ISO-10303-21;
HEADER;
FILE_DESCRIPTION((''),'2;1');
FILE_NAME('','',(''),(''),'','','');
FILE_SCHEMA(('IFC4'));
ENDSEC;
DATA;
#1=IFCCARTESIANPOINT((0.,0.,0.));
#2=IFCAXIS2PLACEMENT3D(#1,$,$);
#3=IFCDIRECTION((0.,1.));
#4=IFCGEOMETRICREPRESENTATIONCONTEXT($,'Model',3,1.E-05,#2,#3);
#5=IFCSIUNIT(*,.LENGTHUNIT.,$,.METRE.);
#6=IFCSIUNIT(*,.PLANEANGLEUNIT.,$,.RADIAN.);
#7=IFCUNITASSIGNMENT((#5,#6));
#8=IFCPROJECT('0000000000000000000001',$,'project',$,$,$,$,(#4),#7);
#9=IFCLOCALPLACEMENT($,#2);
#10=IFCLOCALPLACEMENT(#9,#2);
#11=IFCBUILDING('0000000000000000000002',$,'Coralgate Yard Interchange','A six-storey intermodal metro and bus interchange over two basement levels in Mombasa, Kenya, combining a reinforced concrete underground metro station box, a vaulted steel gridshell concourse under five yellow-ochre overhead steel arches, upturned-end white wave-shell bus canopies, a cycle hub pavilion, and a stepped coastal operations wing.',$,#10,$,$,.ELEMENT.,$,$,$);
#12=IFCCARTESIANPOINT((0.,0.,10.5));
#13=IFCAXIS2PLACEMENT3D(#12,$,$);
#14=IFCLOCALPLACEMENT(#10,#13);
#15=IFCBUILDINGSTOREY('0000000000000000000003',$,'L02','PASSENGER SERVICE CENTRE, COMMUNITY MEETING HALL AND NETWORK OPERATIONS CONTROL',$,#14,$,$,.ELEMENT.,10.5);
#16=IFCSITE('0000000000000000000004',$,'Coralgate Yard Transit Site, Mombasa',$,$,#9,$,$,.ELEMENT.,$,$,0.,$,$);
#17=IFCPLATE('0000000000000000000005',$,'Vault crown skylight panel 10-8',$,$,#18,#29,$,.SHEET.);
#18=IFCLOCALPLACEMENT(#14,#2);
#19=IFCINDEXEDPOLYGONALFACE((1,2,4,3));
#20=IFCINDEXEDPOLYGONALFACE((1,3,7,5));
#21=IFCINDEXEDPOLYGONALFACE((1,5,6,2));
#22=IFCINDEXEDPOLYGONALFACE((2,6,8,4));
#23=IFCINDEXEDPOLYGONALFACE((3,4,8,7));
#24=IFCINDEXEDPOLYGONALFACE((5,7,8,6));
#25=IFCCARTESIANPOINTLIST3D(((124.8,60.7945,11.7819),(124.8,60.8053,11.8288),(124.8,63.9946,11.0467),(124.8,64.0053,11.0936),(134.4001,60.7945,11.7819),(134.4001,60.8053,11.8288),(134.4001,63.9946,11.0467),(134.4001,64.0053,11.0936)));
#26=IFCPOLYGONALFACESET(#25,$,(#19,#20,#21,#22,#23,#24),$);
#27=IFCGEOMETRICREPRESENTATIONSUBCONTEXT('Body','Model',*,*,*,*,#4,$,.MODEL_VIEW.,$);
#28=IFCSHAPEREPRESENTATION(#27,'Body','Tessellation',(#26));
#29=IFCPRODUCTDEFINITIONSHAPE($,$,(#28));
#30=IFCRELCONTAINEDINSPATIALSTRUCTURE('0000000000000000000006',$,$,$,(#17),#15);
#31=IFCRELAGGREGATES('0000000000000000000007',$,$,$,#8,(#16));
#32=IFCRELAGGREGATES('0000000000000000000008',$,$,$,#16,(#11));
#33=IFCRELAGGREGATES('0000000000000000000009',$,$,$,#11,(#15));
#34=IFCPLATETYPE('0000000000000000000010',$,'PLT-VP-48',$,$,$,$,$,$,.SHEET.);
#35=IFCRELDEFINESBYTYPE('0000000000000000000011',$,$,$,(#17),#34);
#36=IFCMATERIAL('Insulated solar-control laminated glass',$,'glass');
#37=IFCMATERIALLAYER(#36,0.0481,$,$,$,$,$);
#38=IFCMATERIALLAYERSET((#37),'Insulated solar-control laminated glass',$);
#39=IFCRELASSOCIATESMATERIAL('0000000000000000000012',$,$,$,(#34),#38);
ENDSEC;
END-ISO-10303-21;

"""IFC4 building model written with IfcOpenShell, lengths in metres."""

from ifc_helpers import new_model, si_unit, direction, frame, origin, origin_2d, place, context, subcontext, project, spatial, rectangle, extrude, material, layer, layer_set, type_object, element, save


model = new_model("IFC4")

# Units and contexts
model_context = context("Model", 3, precision=1e-05, world=origin(), true_north=direction((0.0, 1.0)))
body_context = subcontext(model_context, "Body", "Model", "MODEL_VIEW")
ifc_project = project(units=[si_unit("LENGTHUNIT", "METRE"), si_unit("PLANEANGLEUNIT", "RADIAN")], contexts=[model_context])

# Site, building, storey
site_placement = place(None, origin())
site = spatial("IfcSite", under=ifc_project, at=site_placement, Name="Coralgate Yard Transit Site, Mombasa", CompositionType="ELEMENT", RefElevation=0.0)
building_placement = place(site_placement, origin())
building = spatial("IfcBuilding", under=site, at=building_placement, Name="Coralgate Yard Interchange", Description="A six-storey intermodal metro and bus interchange over two basement levels in Mombasa, Kenya, combining a reinforced concrete underground metro station box, a vaulted steel gridshell concourse under five yellow-ochre overhead steel arches, upturned-end white wave-shell bus canopies, a cycle hub pavilion, and a stepped coastal operations wing.", CompositionType="ELEMENT")
storey_placement = place(building_placement, frame((0.0, 0.0, 10.5)))
storey = spatial("IfcBuildingStorey", under=building, at=storey_placement, Name="L02", Description="PASSENGER SERVICE CENTRE, COMMUNITY MEETING HALL AND NETWORK OPERATIONS CONTROL", CompositionType="ELEMENT", Elevation=10.5)

# Plate
ifc_material_1 = material(Name="Insulated solar-control laminated glass", Category="glass")
ifc_layer_1 = layer(ifc_material_1, 0.0481)
ifc_layer_set_1 = layer_set([ifc_layer_1], Name="Insulated solar-control laminated glass")
plate_type_1 = type_object("IfcPlateType", Name="PLT-VP-48", PredefinedType="SHEET", material=ifc_layer_set_1)
plate_1_placement = place(storey_placement, frame((129.6001, 62.3945, 11.4143), z_axis=(0.0, 0.223916, 0.974608), x_axis=(1.0, 0.0, 0.0)))
element("IfcPlate", 1, at=plate_1_placement, inside=storey, type_object=plate_type_1, Name="Vault crown skylight panel 10-8", PredefinedType="SHEET", context=body_context, shape_type="SweptSolid", body=[
    extrude(rectangle(XDim=9.6001, YDim=3.2834, at=origin_2d()), origin(), (0.0, 0.0, 1.0), 0.0481),
])

save(model, "model.ifc")
